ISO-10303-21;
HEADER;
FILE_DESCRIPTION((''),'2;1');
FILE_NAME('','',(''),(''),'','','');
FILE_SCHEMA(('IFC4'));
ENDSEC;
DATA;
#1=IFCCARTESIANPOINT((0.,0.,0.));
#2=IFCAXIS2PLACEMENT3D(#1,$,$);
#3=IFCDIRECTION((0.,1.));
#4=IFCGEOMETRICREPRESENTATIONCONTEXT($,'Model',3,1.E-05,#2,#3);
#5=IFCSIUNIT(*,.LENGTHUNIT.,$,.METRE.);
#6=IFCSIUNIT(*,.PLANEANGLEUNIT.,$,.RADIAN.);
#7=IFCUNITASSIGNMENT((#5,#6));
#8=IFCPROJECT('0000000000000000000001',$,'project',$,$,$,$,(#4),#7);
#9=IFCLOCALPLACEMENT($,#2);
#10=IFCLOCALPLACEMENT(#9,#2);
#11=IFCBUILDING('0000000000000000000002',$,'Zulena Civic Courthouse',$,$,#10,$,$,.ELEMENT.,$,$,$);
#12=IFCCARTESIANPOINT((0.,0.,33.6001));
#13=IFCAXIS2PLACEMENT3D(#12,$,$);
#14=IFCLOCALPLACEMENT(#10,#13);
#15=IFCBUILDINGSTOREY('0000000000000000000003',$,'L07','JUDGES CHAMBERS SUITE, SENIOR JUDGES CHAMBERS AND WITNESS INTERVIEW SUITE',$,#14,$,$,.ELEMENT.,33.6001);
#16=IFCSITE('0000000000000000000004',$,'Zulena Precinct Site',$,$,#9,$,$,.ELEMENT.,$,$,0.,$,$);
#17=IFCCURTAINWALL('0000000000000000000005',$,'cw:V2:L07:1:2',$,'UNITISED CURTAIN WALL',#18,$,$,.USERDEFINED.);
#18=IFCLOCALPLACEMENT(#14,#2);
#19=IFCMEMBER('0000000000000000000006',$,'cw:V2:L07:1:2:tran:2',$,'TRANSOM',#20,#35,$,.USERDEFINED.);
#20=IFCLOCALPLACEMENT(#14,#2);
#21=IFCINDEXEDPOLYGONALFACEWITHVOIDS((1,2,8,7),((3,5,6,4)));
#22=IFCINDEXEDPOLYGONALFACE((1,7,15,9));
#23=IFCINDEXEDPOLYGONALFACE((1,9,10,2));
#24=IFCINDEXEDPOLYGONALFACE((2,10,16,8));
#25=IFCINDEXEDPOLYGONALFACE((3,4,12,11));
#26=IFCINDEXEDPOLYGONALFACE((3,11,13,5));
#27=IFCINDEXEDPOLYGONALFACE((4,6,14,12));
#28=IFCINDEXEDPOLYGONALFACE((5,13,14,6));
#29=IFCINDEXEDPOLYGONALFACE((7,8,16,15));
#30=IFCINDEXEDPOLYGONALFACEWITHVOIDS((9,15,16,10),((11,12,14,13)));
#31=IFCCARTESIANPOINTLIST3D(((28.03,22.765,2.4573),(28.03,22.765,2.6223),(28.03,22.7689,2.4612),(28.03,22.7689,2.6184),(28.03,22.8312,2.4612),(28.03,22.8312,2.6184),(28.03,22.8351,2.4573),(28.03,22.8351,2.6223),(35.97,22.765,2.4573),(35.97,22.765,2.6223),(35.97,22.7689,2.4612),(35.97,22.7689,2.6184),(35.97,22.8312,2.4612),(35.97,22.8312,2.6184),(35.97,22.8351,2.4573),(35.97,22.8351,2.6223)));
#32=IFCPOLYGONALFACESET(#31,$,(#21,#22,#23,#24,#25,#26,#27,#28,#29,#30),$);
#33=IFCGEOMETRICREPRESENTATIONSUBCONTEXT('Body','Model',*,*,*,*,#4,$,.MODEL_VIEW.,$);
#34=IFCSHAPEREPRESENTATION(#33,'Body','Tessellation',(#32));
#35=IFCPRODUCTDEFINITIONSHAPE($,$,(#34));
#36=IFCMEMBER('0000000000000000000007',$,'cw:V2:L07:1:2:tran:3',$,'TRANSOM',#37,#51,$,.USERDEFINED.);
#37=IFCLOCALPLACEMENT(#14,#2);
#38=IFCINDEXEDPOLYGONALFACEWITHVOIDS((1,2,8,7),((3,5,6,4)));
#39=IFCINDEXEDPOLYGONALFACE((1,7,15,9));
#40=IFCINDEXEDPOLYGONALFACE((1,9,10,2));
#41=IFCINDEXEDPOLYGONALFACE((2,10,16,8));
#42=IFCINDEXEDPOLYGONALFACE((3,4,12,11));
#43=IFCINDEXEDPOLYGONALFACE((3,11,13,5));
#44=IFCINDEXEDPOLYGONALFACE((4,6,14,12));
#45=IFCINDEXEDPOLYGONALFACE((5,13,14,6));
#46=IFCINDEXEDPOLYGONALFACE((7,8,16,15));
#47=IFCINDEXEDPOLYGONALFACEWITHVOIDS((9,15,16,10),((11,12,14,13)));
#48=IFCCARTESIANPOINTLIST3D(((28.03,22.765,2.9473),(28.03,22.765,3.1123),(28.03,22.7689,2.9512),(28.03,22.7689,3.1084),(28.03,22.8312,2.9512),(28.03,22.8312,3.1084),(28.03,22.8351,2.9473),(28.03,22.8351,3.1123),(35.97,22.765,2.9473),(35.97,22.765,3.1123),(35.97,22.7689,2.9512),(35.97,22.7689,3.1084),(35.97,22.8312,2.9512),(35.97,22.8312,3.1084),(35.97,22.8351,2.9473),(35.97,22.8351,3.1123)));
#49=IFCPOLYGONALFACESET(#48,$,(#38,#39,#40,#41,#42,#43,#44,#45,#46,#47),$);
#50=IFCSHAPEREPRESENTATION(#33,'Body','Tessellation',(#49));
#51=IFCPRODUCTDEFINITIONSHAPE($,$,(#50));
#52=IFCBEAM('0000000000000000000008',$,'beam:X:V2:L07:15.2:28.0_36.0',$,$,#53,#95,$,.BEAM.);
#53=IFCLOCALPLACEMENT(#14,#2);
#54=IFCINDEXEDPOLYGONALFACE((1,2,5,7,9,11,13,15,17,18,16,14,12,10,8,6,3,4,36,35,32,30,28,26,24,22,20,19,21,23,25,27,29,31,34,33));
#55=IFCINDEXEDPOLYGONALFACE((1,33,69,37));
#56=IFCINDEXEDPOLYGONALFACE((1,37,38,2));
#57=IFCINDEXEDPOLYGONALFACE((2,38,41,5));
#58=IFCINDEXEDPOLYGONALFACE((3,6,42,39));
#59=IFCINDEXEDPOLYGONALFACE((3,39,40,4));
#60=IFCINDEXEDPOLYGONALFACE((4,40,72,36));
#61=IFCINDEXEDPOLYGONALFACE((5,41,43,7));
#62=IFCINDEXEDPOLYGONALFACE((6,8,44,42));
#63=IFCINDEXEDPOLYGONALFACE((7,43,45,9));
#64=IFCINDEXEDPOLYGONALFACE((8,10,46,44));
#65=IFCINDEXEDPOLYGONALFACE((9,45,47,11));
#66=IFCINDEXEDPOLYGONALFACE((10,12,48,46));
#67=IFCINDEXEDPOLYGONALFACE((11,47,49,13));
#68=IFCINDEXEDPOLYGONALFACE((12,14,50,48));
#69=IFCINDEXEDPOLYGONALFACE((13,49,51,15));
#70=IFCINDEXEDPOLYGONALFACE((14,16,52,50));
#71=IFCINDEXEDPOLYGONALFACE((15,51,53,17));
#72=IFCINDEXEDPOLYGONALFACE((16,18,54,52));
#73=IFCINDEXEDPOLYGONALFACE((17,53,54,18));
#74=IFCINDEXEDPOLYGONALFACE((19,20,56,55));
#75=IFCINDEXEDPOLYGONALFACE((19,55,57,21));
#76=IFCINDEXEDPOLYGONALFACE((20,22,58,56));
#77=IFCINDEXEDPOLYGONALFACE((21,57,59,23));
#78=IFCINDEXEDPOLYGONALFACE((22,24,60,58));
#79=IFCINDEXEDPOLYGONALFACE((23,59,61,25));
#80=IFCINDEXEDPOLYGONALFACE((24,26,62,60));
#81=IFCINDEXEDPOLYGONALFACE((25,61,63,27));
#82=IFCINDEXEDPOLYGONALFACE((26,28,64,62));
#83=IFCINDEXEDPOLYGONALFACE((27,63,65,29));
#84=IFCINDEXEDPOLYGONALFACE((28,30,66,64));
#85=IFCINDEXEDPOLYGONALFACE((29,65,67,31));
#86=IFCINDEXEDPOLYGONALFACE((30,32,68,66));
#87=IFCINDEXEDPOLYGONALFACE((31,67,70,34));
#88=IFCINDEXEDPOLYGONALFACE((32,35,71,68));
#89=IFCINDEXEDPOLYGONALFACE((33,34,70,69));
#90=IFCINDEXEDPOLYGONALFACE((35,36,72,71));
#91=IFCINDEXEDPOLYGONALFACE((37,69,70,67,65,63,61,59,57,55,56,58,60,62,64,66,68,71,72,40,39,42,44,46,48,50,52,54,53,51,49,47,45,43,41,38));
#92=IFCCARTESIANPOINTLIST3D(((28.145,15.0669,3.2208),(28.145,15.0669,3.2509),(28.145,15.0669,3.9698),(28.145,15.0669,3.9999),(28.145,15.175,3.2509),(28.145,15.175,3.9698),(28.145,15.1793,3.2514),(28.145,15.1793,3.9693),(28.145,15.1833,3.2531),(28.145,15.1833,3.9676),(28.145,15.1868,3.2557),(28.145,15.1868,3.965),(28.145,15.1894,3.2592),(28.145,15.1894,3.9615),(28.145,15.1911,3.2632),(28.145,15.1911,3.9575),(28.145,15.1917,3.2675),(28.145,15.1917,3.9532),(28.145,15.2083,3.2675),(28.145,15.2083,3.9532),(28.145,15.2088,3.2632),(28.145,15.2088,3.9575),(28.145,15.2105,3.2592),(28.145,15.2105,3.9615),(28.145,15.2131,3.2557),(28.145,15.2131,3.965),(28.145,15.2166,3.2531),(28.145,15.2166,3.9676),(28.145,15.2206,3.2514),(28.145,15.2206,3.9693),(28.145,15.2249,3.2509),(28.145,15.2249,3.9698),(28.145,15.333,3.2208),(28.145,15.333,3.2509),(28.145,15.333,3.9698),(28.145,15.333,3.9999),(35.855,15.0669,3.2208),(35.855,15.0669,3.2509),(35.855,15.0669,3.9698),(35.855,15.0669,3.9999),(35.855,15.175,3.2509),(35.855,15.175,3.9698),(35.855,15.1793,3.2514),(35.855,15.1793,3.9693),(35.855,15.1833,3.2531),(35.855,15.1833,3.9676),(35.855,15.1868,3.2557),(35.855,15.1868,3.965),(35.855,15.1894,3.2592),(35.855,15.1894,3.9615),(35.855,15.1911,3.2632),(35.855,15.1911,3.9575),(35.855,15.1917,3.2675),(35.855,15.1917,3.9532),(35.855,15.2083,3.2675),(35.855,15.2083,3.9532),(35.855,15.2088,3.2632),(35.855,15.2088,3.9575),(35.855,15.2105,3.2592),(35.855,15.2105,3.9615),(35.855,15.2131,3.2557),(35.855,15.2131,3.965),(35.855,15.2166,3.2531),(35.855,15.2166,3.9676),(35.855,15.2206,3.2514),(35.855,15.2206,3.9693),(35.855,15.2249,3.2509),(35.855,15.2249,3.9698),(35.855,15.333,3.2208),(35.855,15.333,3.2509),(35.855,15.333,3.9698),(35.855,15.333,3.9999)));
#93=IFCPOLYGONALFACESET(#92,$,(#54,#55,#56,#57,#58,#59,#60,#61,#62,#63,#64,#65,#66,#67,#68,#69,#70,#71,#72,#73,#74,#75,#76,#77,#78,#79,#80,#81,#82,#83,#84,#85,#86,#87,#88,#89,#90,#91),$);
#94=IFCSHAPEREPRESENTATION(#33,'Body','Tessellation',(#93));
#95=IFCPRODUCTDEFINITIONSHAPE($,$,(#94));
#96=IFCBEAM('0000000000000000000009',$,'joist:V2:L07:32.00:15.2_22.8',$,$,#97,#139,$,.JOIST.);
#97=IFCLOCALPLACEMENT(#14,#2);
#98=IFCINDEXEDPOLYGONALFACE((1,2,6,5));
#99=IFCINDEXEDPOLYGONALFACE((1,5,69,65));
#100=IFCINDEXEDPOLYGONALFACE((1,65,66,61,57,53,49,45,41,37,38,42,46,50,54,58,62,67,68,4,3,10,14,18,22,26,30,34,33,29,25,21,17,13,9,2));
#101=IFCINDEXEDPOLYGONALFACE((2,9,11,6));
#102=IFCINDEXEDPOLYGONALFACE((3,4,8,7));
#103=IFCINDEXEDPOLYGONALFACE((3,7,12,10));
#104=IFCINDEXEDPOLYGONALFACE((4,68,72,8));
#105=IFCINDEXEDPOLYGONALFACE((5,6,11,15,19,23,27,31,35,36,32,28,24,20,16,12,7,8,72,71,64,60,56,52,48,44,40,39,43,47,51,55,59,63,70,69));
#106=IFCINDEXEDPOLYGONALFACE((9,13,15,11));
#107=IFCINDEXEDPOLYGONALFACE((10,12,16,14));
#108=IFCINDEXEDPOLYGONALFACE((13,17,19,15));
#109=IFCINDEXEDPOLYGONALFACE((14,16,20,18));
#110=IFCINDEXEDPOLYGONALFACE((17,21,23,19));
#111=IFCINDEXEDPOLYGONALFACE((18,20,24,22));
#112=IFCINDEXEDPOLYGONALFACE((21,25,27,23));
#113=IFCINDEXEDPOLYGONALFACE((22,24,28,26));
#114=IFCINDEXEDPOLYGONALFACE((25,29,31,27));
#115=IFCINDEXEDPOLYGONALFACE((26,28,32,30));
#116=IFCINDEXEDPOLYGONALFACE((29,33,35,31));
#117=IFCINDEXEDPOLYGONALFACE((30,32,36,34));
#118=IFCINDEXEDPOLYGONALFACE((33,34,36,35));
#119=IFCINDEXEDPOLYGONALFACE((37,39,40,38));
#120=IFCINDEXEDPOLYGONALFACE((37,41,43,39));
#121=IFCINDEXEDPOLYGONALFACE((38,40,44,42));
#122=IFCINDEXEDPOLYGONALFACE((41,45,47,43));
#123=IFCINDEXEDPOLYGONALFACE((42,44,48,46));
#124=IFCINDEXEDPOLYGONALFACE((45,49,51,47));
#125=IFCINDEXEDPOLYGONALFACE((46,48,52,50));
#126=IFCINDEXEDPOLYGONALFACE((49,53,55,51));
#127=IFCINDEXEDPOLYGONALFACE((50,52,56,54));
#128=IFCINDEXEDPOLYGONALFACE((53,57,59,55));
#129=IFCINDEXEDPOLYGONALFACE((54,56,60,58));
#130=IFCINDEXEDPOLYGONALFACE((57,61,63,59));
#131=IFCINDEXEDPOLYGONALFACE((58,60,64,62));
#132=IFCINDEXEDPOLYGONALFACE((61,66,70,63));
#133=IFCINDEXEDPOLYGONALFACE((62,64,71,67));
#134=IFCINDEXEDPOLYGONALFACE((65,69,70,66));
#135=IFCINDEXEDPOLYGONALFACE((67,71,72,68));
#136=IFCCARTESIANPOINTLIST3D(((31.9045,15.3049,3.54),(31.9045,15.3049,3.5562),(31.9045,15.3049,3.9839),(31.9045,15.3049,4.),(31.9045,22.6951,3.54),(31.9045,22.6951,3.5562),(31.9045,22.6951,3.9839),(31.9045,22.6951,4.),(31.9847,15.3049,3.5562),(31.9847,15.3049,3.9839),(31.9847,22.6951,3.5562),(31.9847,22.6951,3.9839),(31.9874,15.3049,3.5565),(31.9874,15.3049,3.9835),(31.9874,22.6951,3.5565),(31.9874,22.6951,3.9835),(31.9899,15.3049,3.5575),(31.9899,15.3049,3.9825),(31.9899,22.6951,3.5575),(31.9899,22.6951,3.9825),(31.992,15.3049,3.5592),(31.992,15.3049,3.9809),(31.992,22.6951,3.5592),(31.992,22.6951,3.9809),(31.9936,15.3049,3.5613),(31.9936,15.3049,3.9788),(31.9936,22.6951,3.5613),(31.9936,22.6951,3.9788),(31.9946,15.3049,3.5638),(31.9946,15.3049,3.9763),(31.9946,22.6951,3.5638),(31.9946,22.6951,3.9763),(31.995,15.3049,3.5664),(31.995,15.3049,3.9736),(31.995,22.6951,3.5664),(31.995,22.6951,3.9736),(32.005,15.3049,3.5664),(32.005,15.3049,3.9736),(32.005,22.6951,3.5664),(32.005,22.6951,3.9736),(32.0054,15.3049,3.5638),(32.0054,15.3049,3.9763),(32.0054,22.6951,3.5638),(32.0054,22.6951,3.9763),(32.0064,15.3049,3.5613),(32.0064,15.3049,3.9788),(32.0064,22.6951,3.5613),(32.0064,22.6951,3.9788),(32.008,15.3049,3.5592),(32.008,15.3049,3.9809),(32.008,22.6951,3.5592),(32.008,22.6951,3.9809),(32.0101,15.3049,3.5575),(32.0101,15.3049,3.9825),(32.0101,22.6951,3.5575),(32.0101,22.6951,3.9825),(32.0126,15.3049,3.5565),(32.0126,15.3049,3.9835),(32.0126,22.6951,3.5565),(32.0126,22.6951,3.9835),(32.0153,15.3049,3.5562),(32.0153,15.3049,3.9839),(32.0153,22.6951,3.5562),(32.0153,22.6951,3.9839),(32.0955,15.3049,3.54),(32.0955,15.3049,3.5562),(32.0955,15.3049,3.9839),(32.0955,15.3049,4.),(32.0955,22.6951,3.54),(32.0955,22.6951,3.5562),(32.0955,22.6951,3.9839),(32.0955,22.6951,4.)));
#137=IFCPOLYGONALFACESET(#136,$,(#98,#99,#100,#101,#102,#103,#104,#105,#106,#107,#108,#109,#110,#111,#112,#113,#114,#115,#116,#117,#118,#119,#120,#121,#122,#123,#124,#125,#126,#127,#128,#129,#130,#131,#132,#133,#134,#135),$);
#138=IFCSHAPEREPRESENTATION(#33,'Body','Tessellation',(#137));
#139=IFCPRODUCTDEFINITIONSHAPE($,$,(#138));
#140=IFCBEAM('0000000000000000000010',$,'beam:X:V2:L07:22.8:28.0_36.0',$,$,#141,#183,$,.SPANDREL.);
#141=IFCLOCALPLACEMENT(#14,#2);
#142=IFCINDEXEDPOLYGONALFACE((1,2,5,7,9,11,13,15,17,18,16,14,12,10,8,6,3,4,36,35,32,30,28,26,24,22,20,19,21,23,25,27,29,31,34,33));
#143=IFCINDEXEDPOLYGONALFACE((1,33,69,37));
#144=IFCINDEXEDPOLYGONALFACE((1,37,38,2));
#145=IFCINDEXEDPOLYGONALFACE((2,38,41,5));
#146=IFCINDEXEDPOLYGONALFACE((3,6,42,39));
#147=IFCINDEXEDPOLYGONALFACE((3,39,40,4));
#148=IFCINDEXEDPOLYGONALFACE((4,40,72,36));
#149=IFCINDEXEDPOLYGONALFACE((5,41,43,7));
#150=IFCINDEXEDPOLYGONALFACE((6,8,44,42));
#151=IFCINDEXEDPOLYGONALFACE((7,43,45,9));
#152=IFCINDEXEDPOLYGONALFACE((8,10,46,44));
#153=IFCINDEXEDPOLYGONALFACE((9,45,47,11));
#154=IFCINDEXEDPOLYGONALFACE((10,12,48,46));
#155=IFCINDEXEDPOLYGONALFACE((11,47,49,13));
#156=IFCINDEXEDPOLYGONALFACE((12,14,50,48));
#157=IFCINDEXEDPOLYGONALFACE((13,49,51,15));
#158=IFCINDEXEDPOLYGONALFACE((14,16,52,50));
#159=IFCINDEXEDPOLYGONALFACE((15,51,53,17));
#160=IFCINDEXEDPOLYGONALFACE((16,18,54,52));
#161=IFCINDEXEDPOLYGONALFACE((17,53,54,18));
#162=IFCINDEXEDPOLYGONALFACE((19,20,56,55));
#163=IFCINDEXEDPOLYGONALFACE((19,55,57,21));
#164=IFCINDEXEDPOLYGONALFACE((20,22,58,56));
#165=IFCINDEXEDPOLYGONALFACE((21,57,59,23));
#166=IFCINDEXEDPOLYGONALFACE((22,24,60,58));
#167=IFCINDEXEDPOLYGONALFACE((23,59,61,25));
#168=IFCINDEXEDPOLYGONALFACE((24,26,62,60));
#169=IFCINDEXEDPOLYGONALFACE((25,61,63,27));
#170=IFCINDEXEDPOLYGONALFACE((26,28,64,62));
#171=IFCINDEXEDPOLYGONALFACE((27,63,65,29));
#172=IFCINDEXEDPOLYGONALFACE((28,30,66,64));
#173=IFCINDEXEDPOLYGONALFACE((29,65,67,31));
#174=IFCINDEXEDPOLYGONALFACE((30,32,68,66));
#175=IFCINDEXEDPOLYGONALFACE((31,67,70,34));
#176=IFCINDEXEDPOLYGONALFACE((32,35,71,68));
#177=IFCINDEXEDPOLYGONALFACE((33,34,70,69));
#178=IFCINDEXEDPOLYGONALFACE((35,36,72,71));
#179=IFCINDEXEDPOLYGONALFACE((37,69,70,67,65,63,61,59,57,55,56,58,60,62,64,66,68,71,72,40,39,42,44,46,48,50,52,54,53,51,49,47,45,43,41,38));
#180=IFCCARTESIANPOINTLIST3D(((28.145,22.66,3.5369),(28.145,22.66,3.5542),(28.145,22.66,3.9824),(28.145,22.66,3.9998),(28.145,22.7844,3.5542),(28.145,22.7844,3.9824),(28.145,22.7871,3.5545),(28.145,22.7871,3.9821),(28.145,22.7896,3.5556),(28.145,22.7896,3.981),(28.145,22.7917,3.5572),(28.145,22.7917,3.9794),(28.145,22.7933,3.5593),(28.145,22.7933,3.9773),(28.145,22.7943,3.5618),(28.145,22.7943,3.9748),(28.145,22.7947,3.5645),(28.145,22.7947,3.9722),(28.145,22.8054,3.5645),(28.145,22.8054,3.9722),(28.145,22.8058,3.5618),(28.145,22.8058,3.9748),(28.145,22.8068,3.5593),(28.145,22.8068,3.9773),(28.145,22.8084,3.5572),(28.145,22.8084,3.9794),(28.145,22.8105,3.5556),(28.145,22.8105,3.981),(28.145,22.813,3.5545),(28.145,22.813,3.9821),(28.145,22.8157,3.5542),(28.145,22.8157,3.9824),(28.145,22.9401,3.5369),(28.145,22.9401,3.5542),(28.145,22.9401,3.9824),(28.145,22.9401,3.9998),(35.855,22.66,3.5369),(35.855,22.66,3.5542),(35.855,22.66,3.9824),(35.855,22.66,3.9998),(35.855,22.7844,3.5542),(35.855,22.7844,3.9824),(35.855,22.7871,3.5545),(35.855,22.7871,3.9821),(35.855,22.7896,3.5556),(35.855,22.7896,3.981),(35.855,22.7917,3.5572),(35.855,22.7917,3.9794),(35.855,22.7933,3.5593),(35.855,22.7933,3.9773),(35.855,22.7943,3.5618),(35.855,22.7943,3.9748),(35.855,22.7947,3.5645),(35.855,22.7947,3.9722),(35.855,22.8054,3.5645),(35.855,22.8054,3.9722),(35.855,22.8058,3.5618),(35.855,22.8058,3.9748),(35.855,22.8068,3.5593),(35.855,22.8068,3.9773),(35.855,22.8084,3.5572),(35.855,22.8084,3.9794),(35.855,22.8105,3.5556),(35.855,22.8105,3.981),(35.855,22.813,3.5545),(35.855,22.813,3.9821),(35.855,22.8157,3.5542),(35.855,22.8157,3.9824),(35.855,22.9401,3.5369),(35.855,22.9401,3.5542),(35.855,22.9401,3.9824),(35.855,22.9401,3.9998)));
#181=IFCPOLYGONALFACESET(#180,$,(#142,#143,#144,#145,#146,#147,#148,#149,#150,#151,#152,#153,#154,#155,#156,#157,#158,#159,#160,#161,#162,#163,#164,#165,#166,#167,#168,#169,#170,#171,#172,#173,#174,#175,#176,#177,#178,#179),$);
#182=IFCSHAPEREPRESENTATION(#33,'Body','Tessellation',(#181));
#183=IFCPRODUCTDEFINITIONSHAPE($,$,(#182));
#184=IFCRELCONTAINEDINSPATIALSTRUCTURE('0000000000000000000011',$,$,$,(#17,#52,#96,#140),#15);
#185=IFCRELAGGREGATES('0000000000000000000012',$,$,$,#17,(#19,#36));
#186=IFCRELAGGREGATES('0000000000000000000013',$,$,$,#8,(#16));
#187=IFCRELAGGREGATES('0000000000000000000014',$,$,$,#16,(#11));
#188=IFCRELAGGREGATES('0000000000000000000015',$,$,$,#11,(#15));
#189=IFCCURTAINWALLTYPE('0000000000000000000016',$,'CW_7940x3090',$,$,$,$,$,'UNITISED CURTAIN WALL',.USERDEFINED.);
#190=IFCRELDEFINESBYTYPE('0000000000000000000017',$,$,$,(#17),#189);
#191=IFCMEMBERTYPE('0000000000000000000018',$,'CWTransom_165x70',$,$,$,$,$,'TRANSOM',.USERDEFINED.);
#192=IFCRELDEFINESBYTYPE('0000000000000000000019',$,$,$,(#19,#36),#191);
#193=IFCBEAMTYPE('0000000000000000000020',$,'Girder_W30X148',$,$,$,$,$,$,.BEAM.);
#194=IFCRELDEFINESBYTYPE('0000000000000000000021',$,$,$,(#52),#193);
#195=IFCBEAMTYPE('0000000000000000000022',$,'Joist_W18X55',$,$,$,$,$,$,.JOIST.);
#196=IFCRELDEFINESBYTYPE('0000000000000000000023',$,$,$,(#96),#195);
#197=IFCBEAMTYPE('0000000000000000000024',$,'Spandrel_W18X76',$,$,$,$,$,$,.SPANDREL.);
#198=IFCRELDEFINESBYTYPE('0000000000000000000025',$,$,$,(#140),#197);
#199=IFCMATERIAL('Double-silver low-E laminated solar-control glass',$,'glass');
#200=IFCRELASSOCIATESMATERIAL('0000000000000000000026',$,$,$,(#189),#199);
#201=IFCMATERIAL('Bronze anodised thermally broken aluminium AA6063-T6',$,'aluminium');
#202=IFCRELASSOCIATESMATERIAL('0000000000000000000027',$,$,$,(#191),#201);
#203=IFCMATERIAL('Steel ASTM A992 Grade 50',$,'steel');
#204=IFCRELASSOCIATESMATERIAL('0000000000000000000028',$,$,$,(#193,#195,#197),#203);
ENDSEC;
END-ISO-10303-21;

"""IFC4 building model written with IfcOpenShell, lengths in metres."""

from ifc_helpers import new_model, si_unit, direction, frame, origin, origin_2d, place, context, subcontext, project, spatial, hollow_rectangle, i_section, extrude, material, material_profile, profile_set, type_object, element, aggregate, save


model = new_model("IFC4")

# Units and contexts
model_context = context("Model", 3, precision=1e-05, world=origin(), true_north=direction((0.0, 1.0)))
body_context = subcontext(model_context, "Body", "Model", "MODEL_VIEW")
ifc_project = project(units=[si_unit("LENGTHUNIT", "METRE"), si_unit("PLANEANGLEUNIT", "RADIAN")], contexts=[model_context])

# Site, building, storey
site_placement = place(None, origin())
site = spatial("IfcSite", under=ifc_project, at=site_placement, Name="Zulena Precinct Site", CompositionType="ELEMENT", RefElevation=0.0)
building_placement = place(site_placement, origin())
building = spatial("IfcBuilding", under=site, at=building_placement, Name="Zulena Civic Courthouse", CompositionType="ELEMENT")
storey_placement = place(building_placement, frame((0.0, 0.0, 33.6001)))
storey = spatial("IfcBuildingStorey", under=building, at=storey_placement, Name="L07", Description="JUDGES CHAMBERS SUITE, SENIOR JUDGES CHAMBERS AND WITNESS INTERVIEW SUITE", CompositionType="ELEMENT", Elevation=33.6001)

# Shared definitions
ifc_material_1 = material(Name="Steel ASTM A992 Grade 50", Category="steel")

# Curtain wall, members
ifc_material_2 = material(Name="Double-silver low-E laminated solar-control glass", Category="glass")
curtain_wall_type = type_object("IfcCurtainWallType", Name="CW_7940x3090", ElementType="UNITISED CURTAIN WALL", PredefinedType="USERDEFINED", material=ifc_material_2)
curtain_wall_placement = place(storey_placement, origin())
curtain_wall = element("IfcCurtainWall", 1, at=curtain_wall_placement, inside=storey, type_object=curtain_wall_type, Name="cw:V2:L07:1:2", ObjectType="UNITISED CURTAIN WALL", PredefinedType="USERDEFINED")
ifc_material_3 = material(Name="Bronze anodised thermally broken aluminium AA6063-T6", Category="aluminium")
ifc_material_profile_1 = material_profile(ifc_material_3, hollow_rectangle(XDim=0.0701, YDim=0.165, WallThickness=0.0039, at=origin_2d()), Name="CWT165X70X4")
ifc_profile_set_1 = profile_set([ifc_material_profile_1], Name="Bronze anodised thermally broken aluminium AA6063-T6")
member_type_1 = type_object("IfcMemberType", Name="CWTransom_165x70", ElementType="TRANSOM", PredefinedType="USERDEFINED", material=ifc_profile_set_1)
member_1_placement = place(storey_placement, frame((28.03, 22.8, 2.5398), z_axis=(1.0, 0.0, 0.0), x_axis=(0.0, 1.0, 0.0)))
member_1 = element("IfcMember", 2, at=member_1_placement, type_object=member_type_1, Name="cw:V2:L07:1:2:tran:2", ObjectType="TRANSOM", PredefinedType="USERDEFINED", context=body_context, shape_type="SweptSolid", body=[
    extrude(hollow_rectangle(XDim=0.0701, YDim=0.165, WallThickness=0.0039, at=origin_2d()), origin(), (0.0, 0.0, 1.0), 7.9399),
])
member_2_placement = place(storey_placement, frame((28.03, 22.8, 3.0298), z_axis=(1.0, 0.0, 0.0), x_axis=(0.0, 1.0, 0.0)))
member_2 = element("IfcMember", 3, at=member_2_placement, type_object=member_type_1, Name="cw:V2:L07:1:2:tran:3", ObjectType="TRANSOM", PredefinedType="USERDEFINED", context=body_context, shape_type="SweptSolid", body=[
    extrude(hollow_rectangle(XDim=0.0701, YDim=0.165, WallThickness=0.0039, at=origin_2d()), origin(), (0.0, 0.0, 1.0), 7.9399),
])

# Beams
ifc_material_profile_2 = material_profile(ifc_material_1, i_section(OverallWidth=0.2661, OverallDepth=0.7791, WebThickness=0.0166, FlangeThickness=0.03, FilletRadius=0.0166, at=origin_2d()), Name="W30X148")
ifc_profile_set_2 = profile_set([ifc_material_profile_2], Name="Steel ASTM A992 Grade 50")
beam_type_1 = type_object("IfcBeamType", Name="Girder_W30X148", PredefinedType="BEAM", material=ifc_profile_set_2)
beam_1_placement = place(storey_placement, frame((28.145, 15.2, 3.6104), z_axis=(1.0, 0.0, 0.0), x_axis=(0.0, 1.0, 0.0)))
element("IfcBeam", 4, at=beam_1_placement, inside=storey, type_object=beam_type_1, Name="beam:X:V2:L07:15.2:28.0_36.0", PredefinedType="BEAM", context=body_context, shape_type="SweptSolid", body=[
    extrude(i_section(OverallWidth=0.2661, OverallDepth=0.7791, WebThickness=0.0166, FlangeThickness=0.03, FilletRadius=0.0166, at=origin_2d()), origin(), (0.0, 0.0, 1.0), 7.71),
])
ifc_material_profile_3 = material_profile(ifc_material_1, i_section(OverallWidth=0.1909, OverallDepth=0.46, WebThickness=0.01, FlangeThickness=0.0161, FilletRadius=0.0103, at=origin_2d()), Name="W18X55")
ifc_profile_set_3 = profile_set([ifc_material_profile_3], Name="Steel ASTM A992 Grade 50")
beam_type_2 = type_object("IfcBeamType", Name="Joist_W18X55", PredefinedType="JOIST", material=ifc_profile_set_3)
beam_2_placement = place(storey_placement, frame((32.0, 15.3049, 3.77), z_axis=(0.0, 1.0, 0.0), x_axis=(-1.0, 0.0, 0.0)))
element("IfcBeam", 5, at=beam_2_placement, inside=storey, type_object=beam_type_2, Name="joist:V2:L07:32.00:15.2_22.8", PredefinedType="JOIST", context=body_context, shape_type="SweptSolid", body=[
    extrude(i_section(OverallWidth=0.1909, OverallDepth=0.46, WebThickness=0.01, FlangeThickness=0.0161, FilletRadius=0.0103, at=origin_2d()), origin(), (0.0, 0.0, 1.0), 7.3901),
])
ifc_material_profile_4 = material_profile(ifc_material_1, i_section(OverallWidth=0.28, OverallDepth=0.4629, WebThickness=0.0107, FlangeThickness=0.0173, FilletRadius=0.0103, at=origin_2d()), Name="W18X76")
ifc_profile_set_4 = profile_set([ifc_material_profile_4], Name="Steel ASTM A992 Grade 50")
beam_type_3 = type_object("IfcBeamType", Name="Spandrel_W18X76", PredefinedType="SPANDREL", material=ifc_profile_set_4)
beam_3_placement = place(storey_placement, frame((28.145, 22.8, 3.7683), z_axis=(1.0, 0.0, 0.0), x_axis=(0.0, 1.0, 0.0)))
element("IfcBeam", 6, at=beam_3_placement, inside=storey, type_object=beam_type_3, Name="beam:X:V2:L07:22.8:28.0_36.0", PredefinedType="SPANDREL", context=body_context, shape_type="SweptSolid", body=[
    extrude(i_section(OverallWidth=0.28, OverallDepth=0.4629, WebThickness=0.0107, FlangeThickness=0.0173, FilletRadius=0.0103, at=origin_2d()), origin(), (0.0, 0.0, 1.0), 7.71),
])

aggregate(curtain_wall, [member_1, member_2])

save(model, "model.ifc")
